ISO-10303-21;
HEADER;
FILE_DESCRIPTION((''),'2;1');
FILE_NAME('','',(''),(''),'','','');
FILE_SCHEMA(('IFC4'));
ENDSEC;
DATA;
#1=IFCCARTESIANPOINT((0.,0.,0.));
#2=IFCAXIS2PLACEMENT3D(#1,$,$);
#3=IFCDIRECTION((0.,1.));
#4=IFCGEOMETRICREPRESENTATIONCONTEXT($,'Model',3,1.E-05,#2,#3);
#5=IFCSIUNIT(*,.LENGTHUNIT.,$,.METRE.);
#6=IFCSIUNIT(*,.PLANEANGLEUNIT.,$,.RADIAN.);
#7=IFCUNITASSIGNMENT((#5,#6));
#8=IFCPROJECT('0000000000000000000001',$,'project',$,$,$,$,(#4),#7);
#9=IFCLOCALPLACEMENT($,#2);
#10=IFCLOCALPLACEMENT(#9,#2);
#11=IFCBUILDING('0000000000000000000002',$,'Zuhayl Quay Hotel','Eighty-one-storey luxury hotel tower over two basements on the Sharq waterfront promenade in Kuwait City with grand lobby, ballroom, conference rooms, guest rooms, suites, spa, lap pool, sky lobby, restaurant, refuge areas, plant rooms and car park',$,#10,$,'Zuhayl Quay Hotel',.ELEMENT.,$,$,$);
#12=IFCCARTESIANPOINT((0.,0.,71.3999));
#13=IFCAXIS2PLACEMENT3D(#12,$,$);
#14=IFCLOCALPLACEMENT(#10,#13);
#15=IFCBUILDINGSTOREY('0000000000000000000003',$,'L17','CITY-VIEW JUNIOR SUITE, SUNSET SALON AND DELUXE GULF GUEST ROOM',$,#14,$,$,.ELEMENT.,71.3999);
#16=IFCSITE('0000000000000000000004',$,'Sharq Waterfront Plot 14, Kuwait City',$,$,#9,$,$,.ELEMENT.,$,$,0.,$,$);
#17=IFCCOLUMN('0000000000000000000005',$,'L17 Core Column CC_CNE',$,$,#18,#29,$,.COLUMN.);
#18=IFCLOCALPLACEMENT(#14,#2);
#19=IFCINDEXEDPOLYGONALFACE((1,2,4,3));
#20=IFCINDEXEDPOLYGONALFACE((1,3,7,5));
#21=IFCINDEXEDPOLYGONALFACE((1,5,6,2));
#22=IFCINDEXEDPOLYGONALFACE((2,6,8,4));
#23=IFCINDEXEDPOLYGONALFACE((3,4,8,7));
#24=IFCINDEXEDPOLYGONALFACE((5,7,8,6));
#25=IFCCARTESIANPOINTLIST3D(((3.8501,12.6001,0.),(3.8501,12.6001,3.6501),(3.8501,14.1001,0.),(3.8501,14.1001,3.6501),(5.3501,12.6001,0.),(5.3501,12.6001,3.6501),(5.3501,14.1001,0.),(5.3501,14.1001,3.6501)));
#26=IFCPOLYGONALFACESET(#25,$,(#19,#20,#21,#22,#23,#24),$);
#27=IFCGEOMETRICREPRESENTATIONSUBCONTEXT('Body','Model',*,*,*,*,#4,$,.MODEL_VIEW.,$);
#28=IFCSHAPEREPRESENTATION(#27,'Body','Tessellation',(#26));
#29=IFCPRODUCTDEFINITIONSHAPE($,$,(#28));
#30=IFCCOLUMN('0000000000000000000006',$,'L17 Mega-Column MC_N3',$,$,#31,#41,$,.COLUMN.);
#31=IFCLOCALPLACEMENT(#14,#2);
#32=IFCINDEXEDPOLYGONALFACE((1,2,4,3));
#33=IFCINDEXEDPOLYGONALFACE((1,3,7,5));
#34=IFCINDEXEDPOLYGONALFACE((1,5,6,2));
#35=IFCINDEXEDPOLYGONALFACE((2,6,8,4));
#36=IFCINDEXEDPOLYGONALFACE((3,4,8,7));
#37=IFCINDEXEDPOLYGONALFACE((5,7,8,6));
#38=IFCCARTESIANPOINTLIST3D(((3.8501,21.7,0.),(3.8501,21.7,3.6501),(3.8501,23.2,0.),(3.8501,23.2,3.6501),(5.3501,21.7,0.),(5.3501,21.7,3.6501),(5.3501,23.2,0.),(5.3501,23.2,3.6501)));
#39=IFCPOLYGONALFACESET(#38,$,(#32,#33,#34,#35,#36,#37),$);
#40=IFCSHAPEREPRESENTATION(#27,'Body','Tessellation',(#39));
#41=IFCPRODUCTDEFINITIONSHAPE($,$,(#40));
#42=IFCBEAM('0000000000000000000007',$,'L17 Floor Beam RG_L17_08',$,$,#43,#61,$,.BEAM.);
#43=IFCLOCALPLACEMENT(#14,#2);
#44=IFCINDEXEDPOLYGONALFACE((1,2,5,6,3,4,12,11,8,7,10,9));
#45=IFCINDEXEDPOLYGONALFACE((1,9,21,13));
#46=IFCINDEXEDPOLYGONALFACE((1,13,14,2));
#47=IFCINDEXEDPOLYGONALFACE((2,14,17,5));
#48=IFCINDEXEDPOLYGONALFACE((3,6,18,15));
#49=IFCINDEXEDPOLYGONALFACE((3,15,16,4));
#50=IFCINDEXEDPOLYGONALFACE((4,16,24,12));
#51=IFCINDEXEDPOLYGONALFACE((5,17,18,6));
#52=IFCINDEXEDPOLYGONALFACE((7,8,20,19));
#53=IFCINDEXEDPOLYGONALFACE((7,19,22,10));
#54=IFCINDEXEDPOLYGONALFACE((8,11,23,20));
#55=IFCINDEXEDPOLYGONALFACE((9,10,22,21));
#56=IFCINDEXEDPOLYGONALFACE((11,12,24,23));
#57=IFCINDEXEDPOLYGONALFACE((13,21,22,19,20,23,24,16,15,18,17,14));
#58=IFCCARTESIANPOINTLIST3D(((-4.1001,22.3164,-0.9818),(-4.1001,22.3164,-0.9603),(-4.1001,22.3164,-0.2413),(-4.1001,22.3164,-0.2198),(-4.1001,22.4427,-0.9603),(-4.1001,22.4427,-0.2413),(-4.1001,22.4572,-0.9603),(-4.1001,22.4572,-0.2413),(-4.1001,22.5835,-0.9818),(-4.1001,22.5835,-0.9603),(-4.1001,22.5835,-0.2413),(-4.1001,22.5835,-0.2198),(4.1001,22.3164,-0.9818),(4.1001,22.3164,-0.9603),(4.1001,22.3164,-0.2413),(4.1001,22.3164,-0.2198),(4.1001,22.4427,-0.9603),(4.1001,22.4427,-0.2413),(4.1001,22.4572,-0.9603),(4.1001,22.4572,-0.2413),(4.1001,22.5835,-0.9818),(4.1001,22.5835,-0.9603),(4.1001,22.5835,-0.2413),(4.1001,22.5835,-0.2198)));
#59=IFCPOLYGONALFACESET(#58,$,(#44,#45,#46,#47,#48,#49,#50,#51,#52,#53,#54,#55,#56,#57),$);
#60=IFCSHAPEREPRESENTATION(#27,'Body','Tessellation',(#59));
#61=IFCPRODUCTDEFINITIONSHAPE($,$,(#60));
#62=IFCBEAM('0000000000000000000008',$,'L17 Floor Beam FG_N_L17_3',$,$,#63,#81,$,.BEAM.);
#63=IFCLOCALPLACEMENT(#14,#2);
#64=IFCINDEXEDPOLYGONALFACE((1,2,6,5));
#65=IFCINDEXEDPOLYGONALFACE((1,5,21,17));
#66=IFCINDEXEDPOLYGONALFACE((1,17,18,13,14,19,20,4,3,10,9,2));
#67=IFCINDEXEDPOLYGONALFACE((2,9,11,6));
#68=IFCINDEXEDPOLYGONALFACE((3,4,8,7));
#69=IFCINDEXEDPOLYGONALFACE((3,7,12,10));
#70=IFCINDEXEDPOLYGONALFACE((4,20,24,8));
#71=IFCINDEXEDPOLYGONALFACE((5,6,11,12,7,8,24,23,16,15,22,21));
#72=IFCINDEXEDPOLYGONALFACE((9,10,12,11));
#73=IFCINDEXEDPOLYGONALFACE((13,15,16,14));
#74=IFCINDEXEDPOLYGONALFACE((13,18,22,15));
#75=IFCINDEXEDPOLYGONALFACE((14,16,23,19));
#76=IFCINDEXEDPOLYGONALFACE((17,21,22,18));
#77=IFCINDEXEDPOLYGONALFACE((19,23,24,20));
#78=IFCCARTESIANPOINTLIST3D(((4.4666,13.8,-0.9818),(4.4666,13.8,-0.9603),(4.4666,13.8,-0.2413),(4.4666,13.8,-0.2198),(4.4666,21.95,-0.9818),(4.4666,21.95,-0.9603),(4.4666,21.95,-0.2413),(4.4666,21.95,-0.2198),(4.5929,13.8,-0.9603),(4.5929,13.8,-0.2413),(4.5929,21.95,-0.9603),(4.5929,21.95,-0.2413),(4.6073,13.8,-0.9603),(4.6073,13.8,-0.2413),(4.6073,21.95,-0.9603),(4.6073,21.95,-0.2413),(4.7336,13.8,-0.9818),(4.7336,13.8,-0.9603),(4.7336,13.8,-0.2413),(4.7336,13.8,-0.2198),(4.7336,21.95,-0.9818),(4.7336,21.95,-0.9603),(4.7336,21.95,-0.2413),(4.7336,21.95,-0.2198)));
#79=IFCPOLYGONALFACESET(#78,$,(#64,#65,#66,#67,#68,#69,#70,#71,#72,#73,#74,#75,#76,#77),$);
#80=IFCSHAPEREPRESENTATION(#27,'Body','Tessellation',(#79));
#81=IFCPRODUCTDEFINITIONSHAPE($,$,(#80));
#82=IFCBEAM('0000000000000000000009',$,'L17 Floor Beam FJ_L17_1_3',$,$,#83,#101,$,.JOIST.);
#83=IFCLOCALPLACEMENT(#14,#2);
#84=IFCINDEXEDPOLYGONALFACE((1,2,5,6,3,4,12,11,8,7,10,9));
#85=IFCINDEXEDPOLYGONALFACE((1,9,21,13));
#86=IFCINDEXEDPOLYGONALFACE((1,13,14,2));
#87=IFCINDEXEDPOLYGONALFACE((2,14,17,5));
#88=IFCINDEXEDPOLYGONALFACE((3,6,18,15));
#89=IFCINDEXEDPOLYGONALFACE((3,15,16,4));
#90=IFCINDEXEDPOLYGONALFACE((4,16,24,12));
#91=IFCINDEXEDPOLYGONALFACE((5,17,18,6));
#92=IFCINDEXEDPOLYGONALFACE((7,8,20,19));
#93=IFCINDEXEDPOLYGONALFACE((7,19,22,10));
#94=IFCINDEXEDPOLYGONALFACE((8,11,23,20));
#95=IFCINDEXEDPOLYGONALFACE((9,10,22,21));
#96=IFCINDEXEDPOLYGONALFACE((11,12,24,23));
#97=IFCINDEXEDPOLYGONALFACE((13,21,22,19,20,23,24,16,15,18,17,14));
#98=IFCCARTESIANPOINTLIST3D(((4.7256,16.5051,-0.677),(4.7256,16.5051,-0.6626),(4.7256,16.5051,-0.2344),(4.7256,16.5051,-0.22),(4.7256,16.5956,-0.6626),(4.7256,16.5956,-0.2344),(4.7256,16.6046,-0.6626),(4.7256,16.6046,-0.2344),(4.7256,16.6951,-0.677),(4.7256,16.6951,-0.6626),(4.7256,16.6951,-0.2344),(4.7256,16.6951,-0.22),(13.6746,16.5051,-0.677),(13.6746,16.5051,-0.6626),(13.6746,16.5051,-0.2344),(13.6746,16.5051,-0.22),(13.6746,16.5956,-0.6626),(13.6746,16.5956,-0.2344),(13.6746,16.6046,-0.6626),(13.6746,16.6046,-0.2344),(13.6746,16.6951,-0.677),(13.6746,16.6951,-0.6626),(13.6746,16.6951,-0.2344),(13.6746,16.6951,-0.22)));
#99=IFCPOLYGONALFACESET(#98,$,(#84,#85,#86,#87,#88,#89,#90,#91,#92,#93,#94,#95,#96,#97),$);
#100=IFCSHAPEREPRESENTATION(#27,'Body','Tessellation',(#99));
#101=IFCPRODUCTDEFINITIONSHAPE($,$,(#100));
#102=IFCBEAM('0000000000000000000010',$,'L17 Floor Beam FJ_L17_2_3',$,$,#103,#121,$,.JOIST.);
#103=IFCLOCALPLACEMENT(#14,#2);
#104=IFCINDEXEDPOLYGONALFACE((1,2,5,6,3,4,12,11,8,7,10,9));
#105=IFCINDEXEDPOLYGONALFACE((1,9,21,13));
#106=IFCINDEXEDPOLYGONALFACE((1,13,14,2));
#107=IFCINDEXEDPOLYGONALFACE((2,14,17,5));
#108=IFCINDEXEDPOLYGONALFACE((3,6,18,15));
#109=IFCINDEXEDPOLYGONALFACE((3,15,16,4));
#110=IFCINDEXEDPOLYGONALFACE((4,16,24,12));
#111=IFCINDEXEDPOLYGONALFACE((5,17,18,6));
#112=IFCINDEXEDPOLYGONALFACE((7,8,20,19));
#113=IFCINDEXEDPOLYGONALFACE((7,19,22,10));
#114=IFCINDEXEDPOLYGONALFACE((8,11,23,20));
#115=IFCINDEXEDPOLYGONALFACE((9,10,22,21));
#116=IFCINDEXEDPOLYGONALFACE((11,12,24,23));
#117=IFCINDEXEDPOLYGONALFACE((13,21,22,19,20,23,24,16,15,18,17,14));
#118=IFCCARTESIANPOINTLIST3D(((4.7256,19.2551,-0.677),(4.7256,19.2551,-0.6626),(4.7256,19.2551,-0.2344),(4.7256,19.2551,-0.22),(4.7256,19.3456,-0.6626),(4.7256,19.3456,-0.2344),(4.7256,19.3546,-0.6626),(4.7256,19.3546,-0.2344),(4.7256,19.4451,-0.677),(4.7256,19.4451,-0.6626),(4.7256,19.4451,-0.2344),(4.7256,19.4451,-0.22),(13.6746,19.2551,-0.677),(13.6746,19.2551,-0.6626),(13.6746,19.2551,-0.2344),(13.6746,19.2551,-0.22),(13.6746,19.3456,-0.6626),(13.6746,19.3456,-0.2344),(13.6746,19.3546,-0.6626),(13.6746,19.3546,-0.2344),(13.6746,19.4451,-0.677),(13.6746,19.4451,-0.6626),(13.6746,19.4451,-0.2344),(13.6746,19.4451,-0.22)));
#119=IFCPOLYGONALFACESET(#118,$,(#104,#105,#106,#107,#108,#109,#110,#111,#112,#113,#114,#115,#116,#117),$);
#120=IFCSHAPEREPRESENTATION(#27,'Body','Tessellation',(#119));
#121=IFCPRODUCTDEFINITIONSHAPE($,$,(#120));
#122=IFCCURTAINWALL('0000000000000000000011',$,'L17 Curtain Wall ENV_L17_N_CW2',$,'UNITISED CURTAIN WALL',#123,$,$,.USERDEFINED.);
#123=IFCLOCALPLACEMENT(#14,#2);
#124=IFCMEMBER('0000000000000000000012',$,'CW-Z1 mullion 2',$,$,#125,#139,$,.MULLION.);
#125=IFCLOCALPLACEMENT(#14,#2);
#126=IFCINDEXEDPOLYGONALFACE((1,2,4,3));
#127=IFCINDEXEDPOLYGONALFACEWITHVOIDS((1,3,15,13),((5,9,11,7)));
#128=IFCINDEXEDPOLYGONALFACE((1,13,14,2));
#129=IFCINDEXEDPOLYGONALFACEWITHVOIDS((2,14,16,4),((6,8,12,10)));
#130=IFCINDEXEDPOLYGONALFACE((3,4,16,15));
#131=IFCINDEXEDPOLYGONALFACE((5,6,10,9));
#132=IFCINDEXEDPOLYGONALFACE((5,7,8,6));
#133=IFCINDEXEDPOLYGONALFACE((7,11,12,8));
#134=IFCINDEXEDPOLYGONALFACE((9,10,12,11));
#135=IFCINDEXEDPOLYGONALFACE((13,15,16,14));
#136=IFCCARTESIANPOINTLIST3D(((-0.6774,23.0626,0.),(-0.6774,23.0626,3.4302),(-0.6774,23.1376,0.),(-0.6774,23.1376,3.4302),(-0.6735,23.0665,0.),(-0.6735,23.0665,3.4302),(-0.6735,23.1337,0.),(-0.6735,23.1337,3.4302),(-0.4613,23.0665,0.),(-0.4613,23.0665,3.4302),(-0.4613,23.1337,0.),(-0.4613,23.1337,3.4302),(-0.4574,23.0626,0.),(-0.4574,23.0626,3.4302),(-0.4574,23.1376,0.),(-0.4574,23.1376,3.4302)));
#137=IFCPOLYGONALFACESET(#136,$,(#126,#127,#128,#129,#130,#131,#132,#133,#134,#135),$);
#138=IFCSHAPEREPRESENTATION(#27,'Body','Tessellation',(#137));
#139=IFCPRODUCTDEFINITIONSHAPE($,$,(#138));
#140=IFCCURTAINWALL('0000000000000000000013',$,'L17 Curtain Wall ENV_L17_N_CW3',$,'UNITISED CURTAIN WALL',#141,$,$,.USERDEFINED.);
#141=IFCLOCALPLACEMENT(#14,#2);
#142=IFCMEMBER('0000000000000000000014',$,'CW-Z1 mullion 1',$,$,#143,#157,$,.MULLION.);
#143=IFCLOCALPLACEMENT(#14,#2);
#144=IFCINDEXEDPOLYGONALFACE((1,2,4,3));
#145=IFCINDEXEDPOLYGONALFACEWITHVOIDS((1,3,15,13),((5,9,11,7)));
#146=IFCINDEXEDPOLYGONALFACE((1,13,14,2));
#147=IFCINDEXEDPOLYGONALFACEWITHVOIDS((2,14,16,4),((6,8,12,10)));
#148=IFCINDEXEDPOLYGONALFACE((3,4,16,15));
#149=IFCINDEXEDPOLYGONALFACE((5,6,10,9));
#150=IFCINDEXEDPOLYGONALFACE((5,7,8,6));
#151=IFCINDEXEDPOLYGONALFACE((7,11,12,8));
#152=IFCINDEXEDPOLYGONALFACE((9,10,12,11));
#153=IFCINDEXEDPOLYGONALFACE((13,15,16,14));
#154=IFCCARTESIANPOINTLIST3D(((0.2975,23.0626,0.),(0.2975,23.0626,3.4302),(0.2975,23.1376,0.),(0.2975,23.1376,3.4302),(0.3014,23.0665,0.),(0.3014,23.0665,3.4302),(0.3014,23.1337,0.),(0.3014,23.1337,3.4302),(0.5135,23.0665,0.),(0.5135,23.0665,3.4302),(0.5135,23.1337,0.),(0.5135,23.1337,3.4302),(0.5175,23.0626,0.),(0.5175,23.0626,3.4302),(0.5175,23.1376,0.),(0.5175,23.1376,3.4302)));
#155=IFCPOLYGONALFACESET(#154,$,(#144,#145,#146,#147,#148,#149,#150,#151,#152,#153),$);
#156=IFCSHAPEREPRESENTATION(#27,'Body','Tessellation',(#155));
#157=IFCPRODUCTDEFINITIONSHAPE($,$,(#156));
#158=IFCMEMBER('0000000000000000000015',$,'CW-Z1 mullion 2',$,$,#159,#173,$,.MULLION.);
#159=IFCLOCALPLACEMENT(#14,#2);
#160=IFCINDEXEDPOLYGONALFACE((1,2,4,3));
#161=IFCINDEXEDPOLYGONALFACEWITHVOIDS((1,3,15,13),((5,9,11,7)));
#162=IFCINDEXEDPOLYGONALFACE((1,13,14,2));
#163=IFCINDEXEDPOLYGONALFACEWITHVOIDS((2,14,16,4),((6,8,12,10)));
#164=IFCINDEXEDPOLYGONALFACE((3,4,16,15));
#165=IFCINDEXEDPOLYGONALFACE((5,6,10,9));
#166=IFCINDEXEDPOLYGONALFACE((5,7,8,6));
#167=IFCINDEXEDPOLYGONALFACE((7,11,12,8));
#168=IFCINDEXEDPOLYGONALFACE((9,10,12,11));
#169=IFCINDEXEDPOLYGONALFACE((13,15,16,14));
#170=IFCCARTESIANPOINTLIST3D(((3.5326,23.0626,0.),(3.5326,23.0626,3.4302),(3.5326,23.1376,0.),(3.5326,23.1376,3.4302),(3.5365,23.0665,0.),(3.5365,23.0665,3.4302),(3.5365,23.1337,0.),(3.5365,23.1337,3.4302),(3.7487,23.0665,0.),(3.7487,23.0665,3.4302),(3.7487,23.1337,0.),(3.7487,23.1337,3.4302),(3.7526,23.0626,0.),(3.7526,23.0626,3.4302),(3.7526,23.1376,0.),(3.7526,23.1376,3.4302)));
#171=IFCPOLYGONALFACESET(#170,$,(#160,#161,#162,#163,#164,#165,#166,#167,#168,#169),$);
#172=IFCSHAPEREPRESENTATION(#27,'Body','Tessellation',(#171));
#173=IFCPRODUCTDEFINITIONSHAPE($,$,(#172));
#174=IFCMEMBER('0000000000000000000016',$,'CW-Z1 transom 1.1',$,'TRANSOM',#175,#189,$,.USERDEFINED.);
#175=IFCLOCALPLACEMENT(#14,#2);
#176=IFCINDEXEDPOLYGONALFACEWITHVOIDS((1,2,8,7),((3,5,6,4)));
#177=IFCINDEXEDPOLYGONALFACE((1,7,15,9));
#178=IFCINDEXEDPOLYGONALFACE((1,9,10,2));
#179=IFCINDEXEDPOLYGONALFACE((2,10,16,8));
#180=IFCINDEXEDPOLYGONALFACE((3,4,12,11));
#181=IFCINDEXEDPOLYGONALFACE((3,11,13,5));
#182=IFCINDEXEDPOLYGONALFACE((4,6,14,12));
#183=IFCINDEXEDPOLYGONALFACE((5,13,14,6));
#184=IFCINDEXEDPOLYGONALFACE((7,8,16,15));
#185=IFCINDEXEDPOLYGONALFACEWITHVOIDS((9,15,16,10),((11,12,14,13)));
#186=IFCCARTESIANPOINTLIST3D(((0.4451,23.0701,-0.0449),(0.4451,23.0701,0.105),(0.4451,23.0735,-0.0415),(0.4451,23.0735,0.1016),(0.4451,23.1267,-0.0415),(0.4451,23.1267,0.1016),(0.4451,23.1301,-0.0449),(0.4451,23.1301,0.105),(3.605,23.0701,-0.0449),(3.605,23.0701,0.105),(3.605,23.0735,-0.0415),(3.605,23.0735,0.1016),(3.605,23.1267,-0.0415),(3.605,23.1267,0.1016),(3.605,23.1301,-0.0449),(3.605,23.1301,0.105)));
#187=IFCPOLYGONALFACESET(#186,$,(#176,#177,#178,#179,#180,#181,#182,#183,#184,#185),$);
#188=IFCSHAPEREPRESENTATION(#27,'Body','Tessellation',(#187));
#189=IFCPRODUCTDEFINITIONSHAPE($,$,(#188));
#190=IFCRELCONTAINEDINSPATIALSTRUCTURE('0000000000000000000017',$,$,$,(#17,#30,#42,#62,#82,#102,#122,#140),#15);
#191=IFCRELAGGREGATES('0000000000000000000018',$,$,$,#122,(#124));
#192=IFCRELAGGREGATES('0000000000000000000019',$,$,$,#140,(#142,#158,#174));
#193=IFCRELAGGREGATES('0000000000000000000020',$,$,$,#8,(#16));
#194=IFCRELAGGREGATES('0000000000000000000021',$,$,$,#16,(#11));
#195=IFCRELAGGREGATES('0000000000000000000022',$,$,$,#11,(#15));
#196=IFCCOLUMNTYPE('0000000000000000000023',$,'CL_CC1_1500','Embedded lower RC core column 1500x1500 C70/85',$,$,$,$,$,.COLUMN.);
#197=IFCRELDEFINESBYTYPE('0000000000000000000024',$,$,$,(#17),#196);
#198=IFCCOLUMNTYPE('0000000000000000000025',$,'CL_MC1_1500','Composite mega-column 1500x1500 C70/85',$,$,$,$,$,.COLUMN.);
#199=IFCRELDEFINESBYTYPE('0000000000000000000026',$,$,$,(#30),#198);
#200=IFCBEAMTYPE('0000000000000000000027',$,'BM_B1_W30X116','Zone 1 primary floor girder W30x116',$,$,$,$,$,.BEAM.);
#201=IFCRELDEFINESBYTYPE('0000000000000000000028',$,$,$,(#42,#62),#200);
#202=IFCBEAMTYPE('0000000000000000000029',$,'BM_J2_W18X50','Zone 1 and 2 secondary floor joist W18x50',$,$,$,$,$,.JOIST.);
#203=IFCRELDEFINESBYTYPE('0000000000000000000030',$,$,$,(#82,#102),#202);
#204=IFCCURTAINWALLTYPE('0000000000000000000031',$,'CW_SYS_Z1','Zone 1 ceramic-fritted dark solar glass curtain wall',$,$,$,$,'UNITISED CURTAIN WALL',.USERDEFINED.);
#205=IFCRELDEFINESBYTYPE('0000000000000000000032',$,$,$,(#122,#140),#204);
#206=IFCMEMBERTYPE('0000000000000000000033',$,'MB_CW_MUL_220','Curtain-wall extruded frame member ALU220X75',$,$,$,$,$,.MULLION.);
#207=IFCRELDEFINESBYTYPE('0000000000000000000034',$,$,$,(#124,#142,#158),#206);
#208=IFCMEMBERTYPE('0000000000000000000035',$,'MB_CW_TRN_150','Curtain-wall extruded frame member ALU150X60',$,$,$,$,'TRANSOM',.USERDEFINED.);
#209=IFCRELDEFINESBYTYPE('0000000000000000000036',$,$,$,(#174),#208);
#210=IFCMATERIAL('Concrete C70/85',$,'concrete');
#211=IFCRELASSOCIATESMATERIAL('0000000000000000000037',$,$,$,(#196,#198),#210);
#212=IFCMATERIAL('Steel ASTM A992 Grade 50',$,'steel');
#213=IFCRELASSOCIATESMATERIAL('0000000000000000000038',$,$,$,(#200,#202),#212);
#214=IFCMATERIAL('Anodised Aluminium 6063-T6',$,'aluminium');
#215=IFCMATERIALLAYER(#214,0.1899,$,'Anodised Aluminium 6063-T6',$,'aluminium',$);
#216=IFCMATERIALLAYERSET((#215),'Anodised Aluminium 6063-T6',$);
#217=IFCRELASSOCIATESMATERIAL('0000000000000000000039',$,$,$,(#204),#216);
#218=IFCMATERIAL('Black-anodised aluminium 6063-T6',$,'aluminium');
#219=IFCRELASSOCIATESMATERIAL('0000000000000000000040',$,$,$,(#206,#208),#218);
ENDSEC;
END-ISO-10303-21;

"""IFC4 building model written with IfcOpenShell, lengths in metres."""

from ifc_helpers import new_model, si_unit, direction, frame, origin, origin_2d, place, context, subcontext, project, spatial, rectangle, hollow_rectangle, i_section, extrude, material, layer, layer_set, material_profile, profile_set, type_object, element, aggregate, save


model = new_model("IFC4")

# Units and contexts
model_context = context("Model", 3, precision=1e-05, world=origin(), true_north=direction((0.0, 1.0)))
body_context = subcontext(model_context, "Body", "Model", "MODEL_VIEW")
ifc_project = project(units=[si_unit("LENGTHUNIT", "METRE"), si_unit("PLANEANGLEUNIT", "RADIAN")], contexts=[model_context])

# Site, building, storey
site_placement = place(None, origin())
site = spatial("IfcSite", under=ifc_project, at=site_placement, Name="Sharq Waterfront Plot 14, Kuwait City", CompositionType="ELEMENT", RefElevation=0.0)
building_placement = place(site_placement, origin())
building = spatial("IfcBuilding", under=site, at=building_placement, Name="Zuhayl Quay Hotel", Description="Eighty-one-storey luxury hotel tower over two basements on the Sharq waterfront promenade in Kuwait City with grand lobby, ballroom, conference rooms, guest rooms, suites, spa, lap pool, sky lobby, restaurant, refuge areas, plant rooms and car park", LongName="Zuhayl Quay Hotel", CompositionType="ELEMENT")
storey_placement = place(building_placement, frame((0.0, 0.0, 71.3999)))
storey = spatial("IfcBuildingStorey", under=building, at=storey_placement, Name="L17", Description="CITY-VIEW JUNIOR SUITE, SUNSET SALON AND DELUXE GULF GUEST ROOM", CompositionType="ELEMENT", Elevation=71.3999)

# Columns
ifc_material_1 = material(Name="Concrete C70/85", Category="concrete")
ifc_material_profile_1 = material_profile(ifc_material_1, rectangle(XDim=1.5, YDim=1.5, at=origin_2d()), Name="RC1500X1500")
ifc_profile_set_1 = profile_set([ifc_material_profile_1], Name="Concrete C70/85")
column_type_1 = type_object("IfcColumnType", Name="CL_CC1_1500", Description="Embedded lower RC core column 1500x1500 C70/85", PredefinedType="COLUMN", material=ifc_profile_set_1)
column_1_placement = place(storey_placement, frame((4.6001, 13.3501, 0.0), z_axis=(0.0, 0.0, 1.0), x_axis=(1.0, 0.0, 0.0)))
element("IfcColumn", 1, at=column_1_placement, inside=storey, type_object=column_type_1, Name="L17 Core Column CC_CNE", PredefinedType="COLUMN", context=body_context, shape_type="SweptSolid", body=[
    extrude(rectangle(XDim=1.5, YDim=1.5, at=origin_2d()), origin(), (0.0, 0.0, 1.0), 3.6501),
])
ifc_material_profile_2 = material_profile(ifc_material_1, rectangle(XDim=1.5, YDim=1.5, at=origin_2d()), Name="RC1500X1500")
ifc_profile_set_2 = profile_set([ifc_material_profile_2], Name="Concrete C70/85")
column_type_2 = type_object("IfcColumnType", Name="CL_MC1_1500", Description="Composite mega-column 1500x1500 C70/85", PredefinedType="COLUMN", material=ifc_profile_set_2)
column_2_placement = place(storey_placement, frame((4.6001, 22.45, 0.0), z_axis=(0.0, 0.0, 1.0), x_axis=(1.0, 0.0, 0.0)))
element("IfcColumn", 2, at=column_2_placement, inside=storey, type_object=column_type_2, Name="L17 Mega-Column MC_N3", PredefinedType="COLUMN", context=body_context, shape_type="SweptSolid", body=[
    extrude(rectangle(XDim=1.5, YDim=1.5, at=origin_2d()), origin(), (0.0, 0.0, 1.0), 3.6501),
])

# Beams
ifc_material_2 = material(Name="Steel ASTM A992 Grade 50", Category="steel")
ifc_material_profile_3 = material_profile(ifc_material_2, i_section(OverallWidth=0.2671, OverallDepth=0.762, WebThickness=0.0144, FlangeThickness=0.0215, at=origin_2d()), Name="W30X116")
ifc_profile_set_3 = profile_set([ifc_material_profile_3], Name="Steel ASTM A992 Grade 50")
beam_type_1 = type_object("IfcBeamType", Name="BM_B1_W30X116", Description="Zone 1 primary floor girder W30x116", PredefinedType="BEAM", material=ifc_profile_set_3)
beam_1_placement = place(storey_placement, frame((4.1001, 22.45, -0.6008), z_axis=(-1.0, 0.0, 0.0), x_axis=(0.0, -1.0, 0.0)))
element("IfcBeam", 3, at=beam_1_placement, inside=storey, type_object=beam_type_1, Name="L17 Floor Beam RG_L17_08", PredefinedType="BEAM", context=body_context, shape_type="SweptSolid", body=[
    extrude(i_section(OverallWidth=0.2671, OverallDepth=0.762, WebThickness=0.0144, FlangeThickness=0.0215, at=origin_2d()), origin(), (0.0, 0.0, 1.0), 8.2002),
])
beam_2_placement = place(storey_placement, frame((4.6001, 13.8, -0.6008), z_axis=(0.0, 1.0, 0.0), x_axis=(-1.0, 0.0, 0.0)))
element("IfcBeam", 4, at=beam_2_placement, inside=storey, type_object=beam_type_1, Name="L17 Floor Beam FG_N_L17_3", PredefinedType="BEAM", context=body_context, shape_type="SweptSolid", body=[
    extrude(i_section(OverallWidth=0.2671, OverallDepth=0.762, WebThickness=0.0144, FlangeThickness=0.0215, at=origin_2d()), origin(), (0.0, 0.0, 1.0), 8.1499),
])
ifc_material_profile_4 = material_profile(ifc_material_2, i_section(OverallWidth=0.1899, OverallDepth=0.457, WebThickness=0.009, FlangeThickness=0.0144, at=origin_2d()), Name="W18X50")
ifc_profile_set_4 = profile_set([ifc_material_profile_4], Name="Steel ASTM A992 Grade 50")
beam_type_2 = type_object("IfcBeamType", Name="BM_J2_W18X50", Description="Zone 1 and 2 secondary floor joist W18x50", PredefinedType="JOIST", material=ifc_profile_set_4)
for number, where, z_axis, x_axis, name in (
    (5, (4.7256, 16.6001, -0.4485), (1.0, 0.0, 0.0), (0.0, 1.0, 0.0), "L17 Floor Beam FJ_L17_1_3"),
    (6, (4.7256, 19.3501, -0.4485), (1.0, 0.0, 0.0), (0.0, 1.0, 0.0), "L17 Floor Beam FJ_L17_2_3"),
):
    element("IfcBeam", number, at=place(storey_placement, frame(where, z_axis=z_axis, x_axis=x_axis)), inside=storey, type_object=beam_type_2, Name=name, PredefinedType="JOIST", context=body_context, shape_type="SweptSolid", body=[
        extrude(i_section(OverallWidth=0.1899, OverallDepth=0.457, WebThickness=0.009, FlangeThickness=0.0144, at=origin_2d()), origin(), (0.0, 0.0, 1.0), 8.949),
    ])

# Curtain wall, member
ifc_material_3 = material(Name="Anodised Aluminium 6063-T6", Category="aluminium")
ifc_layer_1 = layer(ifc_material_3, 0.1899, Name="Anodised Aluminium 6063-T6", Category="aluminium")
ifc_layer_set_1 = layer_set([ifc_layer_1], Name="Anodised Aluminium 6063-T6")
curtain_wall_type = type_object("IfcCurtainWallType", Name="CW_SYS_Z1", Description="Zone 1 ceramic-fritted dark solar glass curtain wall", ElementType="UNITISED CURTAIN WALL", PredefinedType="USERDEFINED", material=ifc_layer_set_1)
curtain_wall_1_placement = place(storey_placement, origin())
curtain_wall_1 = element("IfcCurtainWall", 7, at=curtain_wall_1_placement, inside=storey, type_object=curtain_wall_type, Name="L17 Curtain Wall ENV_L17_N_CW2", ObjectType="UNITISED CURTAIN WALL", PredefinedType="USERDEFINED")
ifc_material_4 = material(Name="Black-anodised aluminium 6063-T6", Category="aluminium")
ifc_material_profile_5 = material_profile(ifc_material_4, hollow_rectangle(XDim=0.075, YDim=0.22, WallThickness=0.0039, at=origin_2d()), Name="ALU220X75")
ifc_profile_set_5 = profile_set([ifc_material_profile_5], Name="Black-anodised aluminium 6063-T6")
member_type_1 = type_object("IfcMemberType", Name="MB_CW_MUL_220", Description="Curtain-wall extruded frame member ALU220X75", PredefinedType="MULLION", material=ifc_profile_set_5)
member_1_placement = place(storey_placement, frame((-0.5674, 23.1001, 0.0), z_axis=(0.0, 0.0, 1.0), x_axis=(0.0, 1.0, 0.0)))
member_1 = element("IfcMember", 8, at=member_1_placement, type_object=member_type_1, Name="CW-Z1 mullion 2", PredefinedType="MULLION", context=body_context, shape_type="SweptSolid", body=[
    extrude(hollow_rectangle(XDim=0.075, YDim=0.22, WallThickness=0.0039, at=origin_2d()), origin(), (0.0, 0.0, 1.0), 3.4302),
])
aggregate(curtain_wall_1, [member_1])

# Curtain wall, members
curtain_wall_2_placement = place(storey_placement, origin())
curtain_wall_2 = element("IfcCurtainWall", 9, at=curtain_wall_2_placement, inside=storey, type_object=curtain_wall_type, Name="L17 Curtain Wall ENV_L17_N_CW3", ObjectType="UNITISED CURTAIN WALL", PredefinedType="USERDEFINED")
member_2_placement = place(storey_placement, frame((0.4075, 23.1001, 0.0), z_axis=(0.0, 0.0, 1.0), x_axis=(0.0, 1.0, 0.0)))
member_2 = element("IfcMember", 10, at=member_2_placement, type_object=member_type_1, Name="CW-Z1 mullion 1", PredefinedType="MULLION", context=body_context, shape_type="SweptSolid", body=[
    extrude(hollow_rectangle(XDim=0.075, YDim=0.22, WallThickness=0.0039, at=origin_2d()), origin(), (0.0, 0.0, 1.0), 3.4302),
])
member_3_placement = place(storey_placement, frame((3.6426, 23.1001, 0.0), z_axis=(0.0, 0.0, 1.0), x_axis=(0.0, 1.0, 0.0)))
member_3 = element("IfcMember", 11, at=member_3_placement, type_object=member_type_1, Name="CW-Z1 mullion 2", PredefinedType="MULLION", context=body_context, shape_type="SweptSolid", body=[
    extrude(hollow_rectangle(XDim=0.075, YDim=0.22, WallThickness=0.0039, at=origin_2d()), origin(), (0.0, 0.0, 1.0), 3.4302),
])
ifc_material_profile_6 = material_profile(ifc_material_4, hollow_rectangle(XDim=0.0601, YDim=0.1499, WallThickness=0.0034, at=origin_2d()), Name="ALU150X60")
ifc_profile_set_6 = profile_set([ifc_material_profile_6], Name="Black-anodised aluminium 6063-T6")
member_type_2 = type_object("IfcMemberType", Name="MB_CW_TRN_150", Description="Curtain-wall extruded frame member ALU150X60", ElementType="TRANSOM", PredefinedType="USERDEFINED", material=ifc_profile_set_6)
member_4_placement = place(storey_placement, frame((0.4451, 23.1001, 0.03), z_axis=(1.0, 0.0, 0.0), x_axis=(0.0, 1.0, 0.0)))
member_4 = element("IfcMember", 12, at=member_4_placement, type_object=member_type_2, Name="CW-Z1 transom 1.1", ObjectType="TRANSOM", PredefinedType="USERDEFINED", context=body_context, shape_type="SweptSolid", body=[
    extrude(hollow_rectangle(XDim=0.0601, YDim=0.1499, WallThickness=0.0034, at=origin_2d()), origin(), (0.0, 0.0, 1.0), 3.1599),
])
aggregate(curtain_wall_2, [member_2, member_3, member_4])

save(model, "model.ifc")
